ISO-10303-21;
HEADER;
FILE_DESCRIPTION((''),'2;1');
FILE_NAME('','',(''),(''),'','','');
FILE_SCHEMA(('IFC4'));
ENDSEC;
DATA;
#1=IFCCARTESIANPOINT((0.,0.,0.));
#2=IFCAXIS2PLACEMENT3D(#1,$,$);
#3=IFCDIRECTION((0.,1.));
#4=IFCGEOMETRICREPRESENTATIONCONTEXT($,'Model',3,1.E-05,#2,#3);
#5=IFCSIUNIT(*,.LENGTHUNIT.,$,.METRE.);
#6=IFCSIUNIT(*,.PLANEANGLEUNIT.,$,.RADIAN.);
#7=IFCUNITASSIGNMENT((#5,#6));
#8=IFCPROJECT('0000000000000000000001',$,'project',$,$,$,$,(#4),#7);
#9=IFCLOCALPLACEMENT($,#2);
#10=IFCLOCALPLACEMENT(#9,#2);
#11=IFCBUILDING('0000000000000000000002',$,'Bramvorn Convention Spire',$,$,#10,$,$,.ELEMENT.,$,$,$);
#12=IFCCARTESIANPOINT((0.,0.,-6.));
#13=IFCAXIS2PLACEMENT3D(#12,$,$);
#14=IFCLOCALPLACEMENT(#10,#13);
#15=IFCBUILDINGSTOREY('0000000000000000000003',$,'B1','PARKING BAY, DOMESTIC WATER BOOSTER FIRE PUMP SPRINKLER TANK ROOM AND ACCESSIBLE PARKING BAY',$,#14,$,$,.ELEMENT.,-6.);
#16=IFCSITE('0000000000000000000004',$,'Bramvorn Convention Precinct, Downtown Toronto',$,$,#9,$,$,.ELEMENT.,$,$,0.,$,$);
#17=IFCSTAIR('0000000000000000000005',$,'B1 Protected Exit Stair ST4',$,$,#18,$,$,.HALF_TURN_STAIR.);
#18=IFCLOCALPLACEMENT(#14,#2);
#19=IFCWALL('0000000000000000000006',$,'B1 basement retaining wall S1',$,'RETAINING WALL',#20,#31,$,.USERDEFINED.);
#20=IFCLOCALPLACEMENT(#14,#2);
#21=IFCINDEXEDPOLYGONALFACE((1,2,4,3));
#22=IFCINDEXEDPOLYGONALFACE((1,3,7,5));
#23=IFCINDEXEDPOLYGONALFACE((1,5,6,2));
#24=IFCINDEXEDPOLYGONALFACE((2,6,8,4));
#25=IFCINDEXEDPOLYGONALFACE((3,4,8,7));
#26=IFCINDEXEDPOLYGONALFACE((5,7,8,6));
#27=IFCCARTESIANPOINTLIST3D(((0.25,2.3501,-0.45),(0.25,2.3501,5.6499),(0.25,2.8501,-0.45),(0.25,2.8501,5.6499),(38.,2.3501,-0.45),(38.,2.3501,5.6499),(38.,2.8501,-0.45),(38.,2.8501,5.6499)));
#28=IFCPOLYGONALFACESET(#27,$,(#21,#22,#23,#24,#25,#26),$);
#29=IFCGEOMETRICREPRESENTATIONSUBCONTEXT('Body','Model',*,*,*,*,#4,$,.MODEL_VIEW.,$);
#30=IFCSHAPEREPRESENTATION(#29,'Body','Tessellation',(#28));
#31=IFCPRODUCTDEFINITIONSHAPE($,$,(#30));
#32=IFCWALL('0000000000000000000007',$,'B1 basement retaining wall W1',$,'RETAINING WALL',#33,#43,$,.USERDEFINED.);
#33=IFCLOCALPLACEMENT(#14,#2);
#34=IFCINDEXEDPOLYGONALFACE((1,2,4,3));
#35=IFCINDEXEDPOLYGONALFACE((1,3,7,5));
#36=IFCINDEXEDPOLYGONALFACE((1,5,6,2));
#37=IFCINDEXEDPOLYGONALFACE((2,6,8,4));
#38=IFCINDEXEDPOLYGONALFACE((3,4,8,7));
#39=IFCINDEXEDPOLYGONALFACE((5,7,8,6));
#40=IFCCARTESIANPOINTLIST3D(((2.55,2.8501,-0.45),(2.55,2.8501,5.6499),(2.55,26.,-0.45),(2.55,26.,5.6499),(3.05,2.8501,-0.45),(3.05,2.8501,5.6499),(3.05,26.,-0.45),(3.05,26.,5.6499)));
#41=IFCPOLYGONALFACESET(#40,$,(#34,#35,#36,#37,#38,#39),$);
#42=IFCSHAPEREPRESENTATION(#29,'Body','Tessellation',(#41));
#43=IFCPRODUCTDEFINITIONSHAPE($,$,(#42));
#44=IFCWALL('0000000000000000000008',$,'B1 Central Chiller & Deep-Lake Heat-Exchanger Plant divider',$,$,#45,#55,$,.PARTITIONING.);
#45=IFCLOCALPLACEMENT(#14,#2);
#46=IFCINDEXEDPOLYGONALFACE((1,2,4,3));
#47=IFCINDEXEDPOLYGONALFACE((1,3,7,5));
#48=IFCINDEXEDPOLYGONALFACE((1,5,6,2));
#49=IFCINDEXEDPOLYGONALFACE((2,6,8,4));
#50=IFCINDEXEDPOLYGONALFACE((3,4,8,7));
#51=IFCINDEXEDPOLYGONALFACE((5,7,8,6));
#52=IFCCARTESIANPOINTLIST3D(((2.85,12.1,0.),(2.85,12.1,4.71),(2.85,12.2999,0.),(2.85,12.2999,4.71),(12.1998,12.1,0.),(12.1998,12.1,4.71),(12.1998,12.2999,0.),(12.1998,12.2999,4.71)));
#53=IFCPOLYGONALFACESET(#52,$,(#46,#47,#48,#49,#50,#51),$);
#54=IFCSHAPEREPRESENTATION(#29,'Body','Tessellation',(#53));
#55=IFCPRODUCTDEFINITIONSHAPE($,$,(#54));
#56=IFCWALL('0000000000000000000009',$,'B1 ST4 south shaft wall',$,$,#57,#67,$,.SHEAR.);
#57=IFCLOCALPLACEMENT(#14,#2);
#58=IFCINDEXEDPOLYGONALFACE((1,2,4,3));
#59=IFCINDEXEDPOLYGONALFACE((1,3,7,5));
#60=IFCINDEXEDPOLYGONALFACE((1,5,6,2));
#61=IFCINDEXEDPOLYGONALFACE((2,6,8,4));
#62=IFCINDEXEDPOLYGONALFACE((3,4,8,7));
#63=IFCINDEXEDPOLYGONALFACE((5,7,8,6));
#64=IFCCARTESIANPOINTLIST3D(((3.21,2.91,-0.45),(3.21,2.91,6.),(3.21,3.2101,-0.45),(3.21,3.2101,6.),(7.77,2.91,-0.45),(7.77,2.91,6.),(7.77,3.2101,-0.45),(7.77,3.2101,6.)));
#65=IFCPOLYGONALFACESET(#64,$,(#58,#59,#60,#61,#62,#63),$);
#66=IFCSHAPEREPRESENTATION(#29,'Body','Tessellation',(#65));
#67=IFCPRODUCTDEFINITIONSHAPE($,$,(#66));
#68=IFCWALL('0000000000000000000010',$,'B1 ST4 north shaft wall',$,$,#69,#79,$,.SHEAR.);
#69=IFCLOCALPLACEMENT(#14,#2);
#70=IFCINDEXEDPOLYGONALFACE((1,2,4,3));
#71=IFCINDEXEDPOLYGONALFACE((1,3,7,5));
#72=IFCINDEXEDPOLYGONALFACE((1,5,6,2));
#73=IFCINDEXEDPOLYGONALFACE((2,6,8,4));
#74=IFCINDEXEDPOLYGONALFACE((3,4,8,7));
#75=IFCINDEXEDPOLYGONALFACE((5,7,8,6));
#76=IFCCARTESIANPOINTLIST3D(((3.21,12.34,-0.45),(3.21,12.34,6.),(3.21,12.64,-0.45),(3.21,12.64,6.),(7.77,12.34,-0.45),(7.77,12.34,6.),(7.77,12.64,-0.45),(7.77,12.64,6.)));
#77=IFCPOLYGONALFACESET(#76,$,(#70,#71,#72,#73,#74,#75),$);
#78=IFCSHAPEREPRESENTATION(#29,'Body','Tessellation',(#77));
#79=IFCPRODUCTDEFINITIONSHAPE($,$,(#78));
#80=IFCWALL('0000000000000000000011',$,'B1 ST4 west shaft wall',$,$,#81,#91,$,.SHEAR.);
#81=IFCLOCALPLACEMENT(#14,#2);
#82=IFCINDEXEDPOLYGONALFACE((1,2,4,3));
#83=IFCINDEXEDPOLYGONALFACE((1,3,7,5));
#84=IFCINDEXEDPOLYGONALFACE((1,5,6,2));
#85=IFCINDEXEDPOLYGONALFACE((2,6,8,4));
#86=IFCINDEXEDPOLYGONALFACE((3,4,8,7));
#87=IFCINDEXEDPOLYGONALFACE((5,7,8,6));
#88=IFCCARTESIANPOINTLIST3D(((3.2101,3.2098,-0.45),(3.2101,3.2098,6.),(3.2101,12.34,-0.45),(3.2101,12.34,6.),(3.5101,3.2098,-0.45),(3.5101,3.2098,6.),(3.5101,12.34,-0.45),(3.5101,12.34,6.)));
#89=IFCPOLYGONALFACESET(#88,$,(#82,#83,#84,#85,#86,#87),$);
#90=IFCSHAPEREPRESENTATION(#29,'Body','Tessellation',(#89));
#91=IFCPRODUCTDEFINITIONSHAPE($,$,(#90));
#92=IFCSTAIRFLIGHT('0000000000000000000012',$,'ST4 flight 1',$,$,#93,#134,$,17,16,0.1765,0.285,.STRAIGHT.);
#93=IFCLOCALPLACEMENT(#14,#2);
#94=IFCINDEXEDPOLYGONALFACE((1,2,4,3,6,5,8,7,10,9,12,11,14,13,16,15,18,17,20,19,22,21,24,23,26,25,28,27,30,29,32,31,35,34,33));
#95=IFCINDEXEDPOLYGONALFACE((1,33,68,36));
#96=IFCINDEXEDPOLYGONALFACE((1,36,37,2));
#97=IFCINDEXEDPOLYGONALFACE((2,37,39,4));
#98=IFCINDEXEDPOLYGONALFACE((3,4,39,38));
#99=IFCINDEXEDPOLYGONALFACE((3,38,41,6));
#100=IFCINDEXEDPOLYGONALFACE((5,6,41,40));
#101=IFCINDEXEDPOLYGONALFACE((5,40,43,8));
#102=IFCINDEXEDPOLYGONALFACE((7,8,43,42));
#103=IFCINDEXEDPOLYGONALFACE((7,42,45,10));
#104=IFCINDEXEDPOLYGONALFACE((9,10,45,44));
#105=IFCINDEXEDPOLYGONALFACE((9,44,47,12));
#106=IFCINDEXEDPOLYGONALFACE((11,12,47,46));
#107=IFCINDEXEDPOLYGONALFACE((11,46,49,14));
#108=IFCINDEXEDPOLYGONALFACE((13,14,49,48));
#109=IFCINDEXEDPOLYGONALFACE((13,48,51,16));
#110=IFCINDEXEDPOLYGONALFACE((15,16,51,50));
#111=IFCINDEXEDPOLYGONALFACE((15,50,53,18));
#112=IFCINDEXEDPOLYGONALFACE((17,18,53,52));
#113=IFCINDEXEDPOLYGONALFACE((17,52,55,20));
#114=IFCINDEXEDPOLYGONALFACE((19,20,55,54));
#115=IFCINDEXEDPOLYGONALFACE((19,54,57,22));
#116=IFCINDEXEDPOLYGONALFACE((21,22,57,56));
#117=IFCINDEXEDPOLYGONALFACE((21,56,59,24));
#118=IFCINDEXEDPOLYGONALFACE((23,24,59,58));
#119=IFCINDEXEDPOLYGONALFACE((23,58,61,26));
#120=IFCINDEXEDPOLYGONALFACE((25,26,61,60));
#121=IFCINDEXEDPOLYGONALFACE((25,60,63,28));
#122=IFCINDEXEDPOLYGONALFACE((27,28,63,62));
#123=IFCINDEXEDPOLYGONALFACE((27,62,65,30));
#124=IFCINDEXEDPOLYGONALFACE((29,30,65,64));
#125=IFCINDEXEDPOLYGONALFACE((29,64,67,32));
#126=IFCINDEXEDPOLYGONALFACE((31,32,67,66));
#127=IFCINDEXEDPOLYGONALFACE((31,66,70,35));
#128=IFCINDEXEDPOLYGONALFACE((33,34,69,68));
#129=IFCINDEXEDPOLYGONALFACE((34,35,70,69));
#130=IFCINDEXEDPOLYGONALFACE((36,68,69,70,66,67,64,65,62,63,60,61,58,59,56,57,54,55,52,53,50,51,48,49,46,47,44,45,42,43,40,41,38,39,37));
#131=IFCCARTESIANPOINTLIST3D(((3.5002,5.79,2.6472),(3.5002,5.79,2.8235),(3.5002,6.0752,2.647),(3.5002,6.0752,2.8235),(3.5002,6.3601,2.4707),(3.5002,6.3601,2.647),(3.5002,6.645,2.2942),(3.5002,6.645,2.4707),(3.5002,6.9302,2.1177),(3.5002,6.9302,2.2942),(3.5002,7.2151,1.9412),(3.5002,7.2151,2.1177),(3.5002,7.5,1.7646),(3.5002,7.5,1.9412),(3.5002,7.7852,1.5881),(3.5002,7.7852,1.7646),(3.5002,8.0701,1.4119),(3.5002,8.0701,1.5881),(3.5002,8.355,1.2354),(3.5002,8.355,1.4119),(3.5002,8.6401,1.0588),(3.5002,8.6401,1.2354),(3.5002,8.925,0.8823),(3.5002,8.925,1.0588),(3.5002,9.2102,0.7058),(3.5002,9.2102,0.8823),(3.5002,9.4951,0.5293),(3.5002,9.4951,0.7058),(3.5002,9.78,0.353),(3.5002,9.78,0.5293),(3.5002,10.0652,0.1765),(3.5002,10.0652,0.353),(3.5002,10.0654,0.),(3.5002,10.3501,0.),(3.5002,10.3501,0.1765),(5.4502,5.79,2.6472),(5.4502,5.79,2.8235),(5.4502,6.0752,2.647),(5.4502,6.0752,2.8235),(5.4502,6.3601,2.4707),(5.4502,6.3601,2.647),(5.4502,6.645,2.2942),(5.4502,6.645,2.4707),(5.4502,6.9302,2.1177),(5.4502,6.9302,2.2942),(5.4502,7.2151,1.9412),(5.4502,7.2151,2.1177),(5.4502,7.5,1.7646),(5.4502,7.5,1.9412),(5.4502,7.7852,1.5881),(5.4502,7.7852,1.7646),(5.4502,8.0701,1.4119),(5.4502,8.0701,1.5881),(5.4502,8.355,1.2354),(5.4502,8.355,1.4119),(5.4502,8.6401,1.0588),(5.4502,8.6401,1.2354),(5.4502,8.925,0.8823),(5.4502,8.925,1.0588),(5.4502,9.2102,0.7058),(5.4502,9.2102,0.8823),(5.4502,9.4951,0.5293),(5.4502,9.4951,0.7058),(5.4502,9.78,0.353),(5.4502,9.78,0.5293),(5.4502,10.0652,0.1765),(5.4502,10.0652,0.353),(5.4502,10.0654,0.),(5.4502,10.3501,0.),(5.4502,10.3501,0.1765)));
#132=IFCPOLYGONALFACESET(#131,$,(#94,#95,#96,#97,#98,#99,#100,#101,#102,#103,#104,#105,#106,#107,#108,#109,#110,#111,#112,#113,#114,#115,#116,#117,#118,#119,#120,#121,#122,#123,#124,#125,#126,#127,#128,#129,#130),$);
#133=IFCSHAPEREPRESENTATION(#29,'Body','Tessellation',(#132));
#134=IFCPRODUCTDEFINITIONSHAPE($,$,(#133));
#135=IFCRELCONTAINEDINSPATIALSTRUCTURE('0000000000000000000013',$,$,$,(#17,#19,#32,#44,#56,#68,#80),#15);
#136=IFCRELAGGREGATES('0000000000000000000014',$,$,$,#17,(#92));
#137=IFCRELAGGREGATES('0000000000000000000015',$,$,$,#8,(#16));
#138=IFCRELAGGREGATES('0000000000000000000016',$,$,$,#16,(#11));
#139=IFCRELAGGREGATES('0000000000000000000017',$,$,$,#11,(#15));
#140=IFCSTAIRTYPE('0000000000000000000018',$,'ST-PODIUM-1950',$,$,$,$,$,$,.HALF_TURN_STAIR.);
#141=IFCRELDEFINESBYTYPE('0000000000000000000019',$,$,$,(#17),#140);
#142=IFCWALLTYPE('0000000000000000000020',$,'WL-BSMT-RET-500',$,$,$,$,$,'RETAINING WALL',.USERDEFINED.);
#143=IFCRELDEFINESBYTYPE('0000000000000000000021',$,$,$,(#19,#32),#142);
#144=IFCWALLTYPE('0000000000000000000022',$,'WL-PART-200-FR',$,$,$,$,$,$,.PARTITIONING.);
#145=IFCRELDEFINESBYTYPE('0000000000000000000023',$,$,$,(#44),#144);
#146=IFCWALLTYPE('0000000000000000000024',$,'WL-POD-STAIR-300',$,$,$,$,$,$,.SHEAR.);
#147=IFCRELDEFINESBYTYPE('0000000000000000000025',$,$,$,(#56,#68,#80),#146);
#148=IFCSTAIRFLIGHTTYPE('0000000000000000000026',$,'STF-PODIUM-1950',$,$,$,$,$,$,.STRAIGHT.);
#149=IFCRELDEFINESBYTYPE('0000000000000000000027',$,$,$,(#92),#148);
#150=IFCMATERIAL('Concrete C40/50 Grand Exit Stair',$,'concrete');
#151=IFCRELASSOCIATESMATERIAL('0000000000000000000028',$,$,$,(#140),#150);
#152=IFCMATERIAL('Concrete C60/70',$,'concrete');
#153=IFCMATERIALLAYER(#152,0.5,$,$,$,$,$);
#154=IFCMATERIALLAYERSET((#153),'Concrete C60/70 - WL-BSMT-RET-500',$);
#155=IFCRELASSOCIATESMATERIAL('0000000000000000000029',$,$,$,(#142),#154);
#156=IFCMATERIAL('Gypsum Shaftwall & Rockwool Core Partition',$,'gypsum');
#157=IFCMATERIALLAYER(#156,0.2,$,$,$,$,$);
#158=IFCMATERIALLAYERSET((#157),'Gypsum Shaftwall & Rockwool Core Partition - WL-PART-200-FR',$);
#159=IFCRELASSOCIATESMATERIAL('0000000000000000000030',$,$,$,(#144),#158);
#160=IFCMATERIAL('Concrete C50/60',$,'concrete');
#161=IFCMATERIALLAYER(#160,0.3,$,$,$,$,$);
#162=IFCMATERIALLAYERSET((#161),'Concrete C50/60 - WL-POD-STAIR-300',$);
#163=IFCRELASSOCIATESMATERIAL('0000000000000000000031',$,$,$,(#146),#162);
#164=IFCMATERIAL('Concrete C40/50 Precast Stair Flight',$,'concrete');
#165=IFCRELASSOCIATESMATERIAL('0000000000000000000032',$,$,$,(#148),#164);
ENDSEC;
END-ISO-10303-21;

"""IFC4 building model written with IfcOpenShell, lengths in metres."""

from ifc_helpers import new_model, si_unit, direction, frame, frame_2d, origin, place, context, subcontext, project, spatial, polyline, rectangle, outline, extrude, material, layer, layer_set, type_object, element, aggregate, save


model = new_model("IFC4")

# Units and contexts
model_context = context("Model", 3, precision=1e-05, world=origin(), true_north=direction((0.0, 1.0)))
body_context = subcontext(model_context, "Body", "Model", "MODEL_VIEW")
ifc_project = project(units=[si_unit("LENGTHUNIT", "METRE"), si_unit("PLANEANGLEUNIT", "RADIAN")], contexts=[model_context])

# Site, building, storey
site_placement = place(None, origin())
site = spatial("IfcSite", under=ifc_project, at=site_placement, Name="Bramvorn Convention Precinct, Downtown Toronto", CompositionType="ELEMENT", RefElevation=0.0)
building_placement = place(site_placement, origin())
building = spatial("IfcBuilding", under=site, at=building_placement, Name="Bramvorn Convention Spire", CompositionType="ELEMENT")
storey_placement = place(building_placement, frame((0.0, 0.0, -6.0)))
storey = spatial("IfcBuildingStorey", under=building, at=storey_placement, Name="B1", Description="PARKING BAY, DOMESTIC WATER BOOSTER FIRE PUMP SPRINKLER TANK ROOM AND ACCESSIBLE PARKING BAY", CompositionType="ELEMENT", Elevation=-6.0)

# Shared definitions
ifc_material_1 = material(Name="Concrete C60/70", Category="concrete")

# Shared definitions
ifc_material_2 = material(Name="Concrete C50/60", Category="concrete")

# Stair
ifc_material_3 = material(Name="Concrete C40/50 Grand Exit Stair", Category="concrete")
stair_type_1 = type_object("IfcStairType", Name="ST-PODIUM-1950", PredefinedType="HALF_TURN_STAIR", material=ifc_material_3)
stair_1_placement = place(storey_placement, origin())
stair_1 = element("IfcStair", 1, at=stair_1_placement, inside=storey, type_object=stair_type_1, Name="B1 Protected Exit Stair ST4", PredefinedType="HALF_TURN_STAIR")

# Walls
ifc_layer_1 = layer(ifc_material_1, 0.5)
ifc_layer_set_1 = layer_set([ifc_layer_1], Name="Concrete C60/70 - WL-BSMT-RET-500")
wall_type_1 = type_object("IfcWallType", Name="WL-BSMT-RET-500", ElementType="RETAINING WALL", PredefinedType="USERDEFINED", material=ifc_layer_set_1)
wall_1_placement = place(storey_placement, frame((0.25, 2.6001, -0.45), z_axis=(0.0, 0.0, 1.0), x_axis=(1.0, 0.0, 0.0)))
element("IfcWall", 2, at=wall_1_placement, inside=storey, type_object=wall_type_1, Name="B1 basement retaining wall S1", ObjectType="RETAINING WALL", PredefinedType="USERDEFINED", context=body_context, shape_type="SweptSolid", body=[
    extrude(rectangle(XDim=37.75, YDim=0.5, at=frame_2d((18.875, 0.0))), origin(), (0.0, 0.0, 1.0), 6.0999),
])
wall_2_placement = place(storey_placement, frame((2.8, 2.8501, -0.45), z_axis=(0.0, 0.0, 1.0), x_axis=(0.0, 1.0, 0.0)))
element("IfcWall", 3, at=wall_2_placement, inside=storey, type_object=wall_type_1, Name="B1 basement retaining wall W1", ObjectType="RETAINING WALL", PredefinedType="USERDEFINED", context=body_context, shape_type="SweptSolid", body=[
    extrude(rectangle(XDim=23.1499, YDim=0.5, at=frame_2d((11.575, 0.0))), origin(), (0.0, 0.0, 1.0), 6.0999),
])
ifc_material_4 = material(Name="Gypsum Shaftwall & Rockwool Core Partition", Category="gypsum")
ifc_layer_2 = layer(ifc_material_4, 0.2)
ifc_layer_set_2 = layer_set([ifc_layer_2], Name="Gypsum Shaftwall & Rockwool Core Partition - WL-PART-200-FR")
wall_type_2 = type_object("IfcWallType", Name="WL-PART-200-FR", PredefinedType="PARTITIONING", material=ifc_layer_set_2)
wall_3_placement = place(storey_placement, frame((2.8501, 12.2, 0.0), z_axis=(0.0, 0.0, 1.0), x_axis=(1.0, 0.0, 0.0)))
element("IfcWall", 4, at=wall_3_placement, inside=storey, type_object=wall_type_2, Name="B1 Central Chiller & Deep-Lake Heat-Exchanger Plant divider", PredefinedType="PARTITIONING", context=body_context, shape_type="SweptSolid", body=[
    extrude(rectangle(XDim=9.3499, YDim=0.2, at=frame_2d((4.6748, 0.0))), origin(), (0.0, 0.0, 1.0), 4.71),
])
ifc_layer_3 = layer(ifc_material_2, 0.3)
ifc_layer_set_3 = layer_set([ifc_layer_3], Name="Concrete C50/60 - WL-POD-STAIR-300")
wall_type_3 = type_object("IfcWallType", Name="WL-POD-STAIR-300", PredefinedType="SHEAR", material=ifc_layer_set_3)
for number, where, z_axis, x_axis, name in (
    (5, (3.21, 3.0601, -0.45), (0.0, 0.0, 1.0), (1.0, 0.0, 0.0), "B1 ST4 south shaft wall"),
    (6, (3.21, 12.49, -0.45), (0.0, 0.0, 1.0), (1.0, 0.0, 0.0), "B1 ST4 north shaft wall"),
):
    element("IfcWall", number, at=place(storey_placement, frame(where, z_axis=z_axis, x_axis=x_axis)), inside=storey, type_object=wall_type_3, Name=name, PredefinedType="SHEAR", context=body_context, shape_type="SweptSolid", body=[
        extrude(rectangle(XDim=4.5601, YDim=0.3, at=frame_2d((2.28, 0.0))), origin(), (0.0, 0.0, 1.0), 6.45),
    ])
wall_4_placement = place(storey_placement, frame((3.3601, 3.21, -0.45), z_axis=(0.0, 0.0, 1.0), x_axis=(0.0, 1.0, 0.0)))
element("IfcWall", 7, at=wall_4_placement, inside=storey, type_object=wall_type_3, Name="B1 ST4 west shaft wall", PredefinedType="SHEAR", context=body_context, shape_type="SweptSolid", body=[
    extrude(rectangle(XDim=9.1301, YDim=0.3, at=frame_2d((4.5649, 0.0))), origin(), (0.0, 0.0, 1.0), 6.45),
])

# Stair flight
ifc_material_5 = material(Name="Concrete C40/50 Precast Stair Flight", Category="concrete")
stair_flight_type = type_object("IfcStairFlightType", Name="STF-PODIUM-1950", PredefinedType="STRAIGHT", material=ifc_material_5)
stair_flight_placement = place(storey_placement, frame((4.4751, 10.3501, 0.0), z_axis=(0.0, 0.0, 1.0), x_axis=(0.0, -1.0, 0.0)))
stair_flight = element("IfcStairFlight", 8, at=stair_flight_placement, type_object=stair_flight_type, Name="ST4 flight 1", NumberOfRisers=17, NumberOfTreads=16, PredefinedType="STRAIGHT", RiserHeight=0.1765, TreadLength=0.285, context=body_context, shape_type="SweptSolid", body=[
    extrude(outline(polyline([(0.0, 0.0), (0.0, 0.1765), (0.2849, 0.1765), (0.2849, 0.353), (0.5701, 0.353), (0.5701, 0.5293), (0.855, 0.5293), (0.855, 0.7058), (1.1399, 0.7058), (1.1399, 0.8823), (1.425, 0.8823), (1.425, 1.0588), (1.71, 1.0588), (1.71, 1.2354), (1.9951, 1.2354), (1.9951, 1.4119), (2.28, 1.4119), (2.28, 1.5881), (2.5649, 1.5881), (2.5649, 1.7646), (2.8501, 1.7646), (2.8501, 1.9412), (3.135, 1.9412), (3.135, 2.1177), (3.4199, 2.1177), (3.4199, 2.2942), (3.7051, 2.2942), (3.7051, 2.4707), (3.99, 2.4707), (3.99, 2.647), (4.2749, 2.647), (4.2749, 2.8235), (4.5601, 2.8235), (4.5601, 3.0), (4.5601, 2.6472), (0.2847, 0.0), (0.0, 0.0)])), frame((0.0, 0.9751, 0.0), z_axis=(0.0, -1.0, 0.0), x_axis=(1.0, 0.0, 0.0)), (0.0, 0.0, 1.0), 1.95),
])
aggregate(stair_1, [stair_flight])

save(model, "model.ifc")
